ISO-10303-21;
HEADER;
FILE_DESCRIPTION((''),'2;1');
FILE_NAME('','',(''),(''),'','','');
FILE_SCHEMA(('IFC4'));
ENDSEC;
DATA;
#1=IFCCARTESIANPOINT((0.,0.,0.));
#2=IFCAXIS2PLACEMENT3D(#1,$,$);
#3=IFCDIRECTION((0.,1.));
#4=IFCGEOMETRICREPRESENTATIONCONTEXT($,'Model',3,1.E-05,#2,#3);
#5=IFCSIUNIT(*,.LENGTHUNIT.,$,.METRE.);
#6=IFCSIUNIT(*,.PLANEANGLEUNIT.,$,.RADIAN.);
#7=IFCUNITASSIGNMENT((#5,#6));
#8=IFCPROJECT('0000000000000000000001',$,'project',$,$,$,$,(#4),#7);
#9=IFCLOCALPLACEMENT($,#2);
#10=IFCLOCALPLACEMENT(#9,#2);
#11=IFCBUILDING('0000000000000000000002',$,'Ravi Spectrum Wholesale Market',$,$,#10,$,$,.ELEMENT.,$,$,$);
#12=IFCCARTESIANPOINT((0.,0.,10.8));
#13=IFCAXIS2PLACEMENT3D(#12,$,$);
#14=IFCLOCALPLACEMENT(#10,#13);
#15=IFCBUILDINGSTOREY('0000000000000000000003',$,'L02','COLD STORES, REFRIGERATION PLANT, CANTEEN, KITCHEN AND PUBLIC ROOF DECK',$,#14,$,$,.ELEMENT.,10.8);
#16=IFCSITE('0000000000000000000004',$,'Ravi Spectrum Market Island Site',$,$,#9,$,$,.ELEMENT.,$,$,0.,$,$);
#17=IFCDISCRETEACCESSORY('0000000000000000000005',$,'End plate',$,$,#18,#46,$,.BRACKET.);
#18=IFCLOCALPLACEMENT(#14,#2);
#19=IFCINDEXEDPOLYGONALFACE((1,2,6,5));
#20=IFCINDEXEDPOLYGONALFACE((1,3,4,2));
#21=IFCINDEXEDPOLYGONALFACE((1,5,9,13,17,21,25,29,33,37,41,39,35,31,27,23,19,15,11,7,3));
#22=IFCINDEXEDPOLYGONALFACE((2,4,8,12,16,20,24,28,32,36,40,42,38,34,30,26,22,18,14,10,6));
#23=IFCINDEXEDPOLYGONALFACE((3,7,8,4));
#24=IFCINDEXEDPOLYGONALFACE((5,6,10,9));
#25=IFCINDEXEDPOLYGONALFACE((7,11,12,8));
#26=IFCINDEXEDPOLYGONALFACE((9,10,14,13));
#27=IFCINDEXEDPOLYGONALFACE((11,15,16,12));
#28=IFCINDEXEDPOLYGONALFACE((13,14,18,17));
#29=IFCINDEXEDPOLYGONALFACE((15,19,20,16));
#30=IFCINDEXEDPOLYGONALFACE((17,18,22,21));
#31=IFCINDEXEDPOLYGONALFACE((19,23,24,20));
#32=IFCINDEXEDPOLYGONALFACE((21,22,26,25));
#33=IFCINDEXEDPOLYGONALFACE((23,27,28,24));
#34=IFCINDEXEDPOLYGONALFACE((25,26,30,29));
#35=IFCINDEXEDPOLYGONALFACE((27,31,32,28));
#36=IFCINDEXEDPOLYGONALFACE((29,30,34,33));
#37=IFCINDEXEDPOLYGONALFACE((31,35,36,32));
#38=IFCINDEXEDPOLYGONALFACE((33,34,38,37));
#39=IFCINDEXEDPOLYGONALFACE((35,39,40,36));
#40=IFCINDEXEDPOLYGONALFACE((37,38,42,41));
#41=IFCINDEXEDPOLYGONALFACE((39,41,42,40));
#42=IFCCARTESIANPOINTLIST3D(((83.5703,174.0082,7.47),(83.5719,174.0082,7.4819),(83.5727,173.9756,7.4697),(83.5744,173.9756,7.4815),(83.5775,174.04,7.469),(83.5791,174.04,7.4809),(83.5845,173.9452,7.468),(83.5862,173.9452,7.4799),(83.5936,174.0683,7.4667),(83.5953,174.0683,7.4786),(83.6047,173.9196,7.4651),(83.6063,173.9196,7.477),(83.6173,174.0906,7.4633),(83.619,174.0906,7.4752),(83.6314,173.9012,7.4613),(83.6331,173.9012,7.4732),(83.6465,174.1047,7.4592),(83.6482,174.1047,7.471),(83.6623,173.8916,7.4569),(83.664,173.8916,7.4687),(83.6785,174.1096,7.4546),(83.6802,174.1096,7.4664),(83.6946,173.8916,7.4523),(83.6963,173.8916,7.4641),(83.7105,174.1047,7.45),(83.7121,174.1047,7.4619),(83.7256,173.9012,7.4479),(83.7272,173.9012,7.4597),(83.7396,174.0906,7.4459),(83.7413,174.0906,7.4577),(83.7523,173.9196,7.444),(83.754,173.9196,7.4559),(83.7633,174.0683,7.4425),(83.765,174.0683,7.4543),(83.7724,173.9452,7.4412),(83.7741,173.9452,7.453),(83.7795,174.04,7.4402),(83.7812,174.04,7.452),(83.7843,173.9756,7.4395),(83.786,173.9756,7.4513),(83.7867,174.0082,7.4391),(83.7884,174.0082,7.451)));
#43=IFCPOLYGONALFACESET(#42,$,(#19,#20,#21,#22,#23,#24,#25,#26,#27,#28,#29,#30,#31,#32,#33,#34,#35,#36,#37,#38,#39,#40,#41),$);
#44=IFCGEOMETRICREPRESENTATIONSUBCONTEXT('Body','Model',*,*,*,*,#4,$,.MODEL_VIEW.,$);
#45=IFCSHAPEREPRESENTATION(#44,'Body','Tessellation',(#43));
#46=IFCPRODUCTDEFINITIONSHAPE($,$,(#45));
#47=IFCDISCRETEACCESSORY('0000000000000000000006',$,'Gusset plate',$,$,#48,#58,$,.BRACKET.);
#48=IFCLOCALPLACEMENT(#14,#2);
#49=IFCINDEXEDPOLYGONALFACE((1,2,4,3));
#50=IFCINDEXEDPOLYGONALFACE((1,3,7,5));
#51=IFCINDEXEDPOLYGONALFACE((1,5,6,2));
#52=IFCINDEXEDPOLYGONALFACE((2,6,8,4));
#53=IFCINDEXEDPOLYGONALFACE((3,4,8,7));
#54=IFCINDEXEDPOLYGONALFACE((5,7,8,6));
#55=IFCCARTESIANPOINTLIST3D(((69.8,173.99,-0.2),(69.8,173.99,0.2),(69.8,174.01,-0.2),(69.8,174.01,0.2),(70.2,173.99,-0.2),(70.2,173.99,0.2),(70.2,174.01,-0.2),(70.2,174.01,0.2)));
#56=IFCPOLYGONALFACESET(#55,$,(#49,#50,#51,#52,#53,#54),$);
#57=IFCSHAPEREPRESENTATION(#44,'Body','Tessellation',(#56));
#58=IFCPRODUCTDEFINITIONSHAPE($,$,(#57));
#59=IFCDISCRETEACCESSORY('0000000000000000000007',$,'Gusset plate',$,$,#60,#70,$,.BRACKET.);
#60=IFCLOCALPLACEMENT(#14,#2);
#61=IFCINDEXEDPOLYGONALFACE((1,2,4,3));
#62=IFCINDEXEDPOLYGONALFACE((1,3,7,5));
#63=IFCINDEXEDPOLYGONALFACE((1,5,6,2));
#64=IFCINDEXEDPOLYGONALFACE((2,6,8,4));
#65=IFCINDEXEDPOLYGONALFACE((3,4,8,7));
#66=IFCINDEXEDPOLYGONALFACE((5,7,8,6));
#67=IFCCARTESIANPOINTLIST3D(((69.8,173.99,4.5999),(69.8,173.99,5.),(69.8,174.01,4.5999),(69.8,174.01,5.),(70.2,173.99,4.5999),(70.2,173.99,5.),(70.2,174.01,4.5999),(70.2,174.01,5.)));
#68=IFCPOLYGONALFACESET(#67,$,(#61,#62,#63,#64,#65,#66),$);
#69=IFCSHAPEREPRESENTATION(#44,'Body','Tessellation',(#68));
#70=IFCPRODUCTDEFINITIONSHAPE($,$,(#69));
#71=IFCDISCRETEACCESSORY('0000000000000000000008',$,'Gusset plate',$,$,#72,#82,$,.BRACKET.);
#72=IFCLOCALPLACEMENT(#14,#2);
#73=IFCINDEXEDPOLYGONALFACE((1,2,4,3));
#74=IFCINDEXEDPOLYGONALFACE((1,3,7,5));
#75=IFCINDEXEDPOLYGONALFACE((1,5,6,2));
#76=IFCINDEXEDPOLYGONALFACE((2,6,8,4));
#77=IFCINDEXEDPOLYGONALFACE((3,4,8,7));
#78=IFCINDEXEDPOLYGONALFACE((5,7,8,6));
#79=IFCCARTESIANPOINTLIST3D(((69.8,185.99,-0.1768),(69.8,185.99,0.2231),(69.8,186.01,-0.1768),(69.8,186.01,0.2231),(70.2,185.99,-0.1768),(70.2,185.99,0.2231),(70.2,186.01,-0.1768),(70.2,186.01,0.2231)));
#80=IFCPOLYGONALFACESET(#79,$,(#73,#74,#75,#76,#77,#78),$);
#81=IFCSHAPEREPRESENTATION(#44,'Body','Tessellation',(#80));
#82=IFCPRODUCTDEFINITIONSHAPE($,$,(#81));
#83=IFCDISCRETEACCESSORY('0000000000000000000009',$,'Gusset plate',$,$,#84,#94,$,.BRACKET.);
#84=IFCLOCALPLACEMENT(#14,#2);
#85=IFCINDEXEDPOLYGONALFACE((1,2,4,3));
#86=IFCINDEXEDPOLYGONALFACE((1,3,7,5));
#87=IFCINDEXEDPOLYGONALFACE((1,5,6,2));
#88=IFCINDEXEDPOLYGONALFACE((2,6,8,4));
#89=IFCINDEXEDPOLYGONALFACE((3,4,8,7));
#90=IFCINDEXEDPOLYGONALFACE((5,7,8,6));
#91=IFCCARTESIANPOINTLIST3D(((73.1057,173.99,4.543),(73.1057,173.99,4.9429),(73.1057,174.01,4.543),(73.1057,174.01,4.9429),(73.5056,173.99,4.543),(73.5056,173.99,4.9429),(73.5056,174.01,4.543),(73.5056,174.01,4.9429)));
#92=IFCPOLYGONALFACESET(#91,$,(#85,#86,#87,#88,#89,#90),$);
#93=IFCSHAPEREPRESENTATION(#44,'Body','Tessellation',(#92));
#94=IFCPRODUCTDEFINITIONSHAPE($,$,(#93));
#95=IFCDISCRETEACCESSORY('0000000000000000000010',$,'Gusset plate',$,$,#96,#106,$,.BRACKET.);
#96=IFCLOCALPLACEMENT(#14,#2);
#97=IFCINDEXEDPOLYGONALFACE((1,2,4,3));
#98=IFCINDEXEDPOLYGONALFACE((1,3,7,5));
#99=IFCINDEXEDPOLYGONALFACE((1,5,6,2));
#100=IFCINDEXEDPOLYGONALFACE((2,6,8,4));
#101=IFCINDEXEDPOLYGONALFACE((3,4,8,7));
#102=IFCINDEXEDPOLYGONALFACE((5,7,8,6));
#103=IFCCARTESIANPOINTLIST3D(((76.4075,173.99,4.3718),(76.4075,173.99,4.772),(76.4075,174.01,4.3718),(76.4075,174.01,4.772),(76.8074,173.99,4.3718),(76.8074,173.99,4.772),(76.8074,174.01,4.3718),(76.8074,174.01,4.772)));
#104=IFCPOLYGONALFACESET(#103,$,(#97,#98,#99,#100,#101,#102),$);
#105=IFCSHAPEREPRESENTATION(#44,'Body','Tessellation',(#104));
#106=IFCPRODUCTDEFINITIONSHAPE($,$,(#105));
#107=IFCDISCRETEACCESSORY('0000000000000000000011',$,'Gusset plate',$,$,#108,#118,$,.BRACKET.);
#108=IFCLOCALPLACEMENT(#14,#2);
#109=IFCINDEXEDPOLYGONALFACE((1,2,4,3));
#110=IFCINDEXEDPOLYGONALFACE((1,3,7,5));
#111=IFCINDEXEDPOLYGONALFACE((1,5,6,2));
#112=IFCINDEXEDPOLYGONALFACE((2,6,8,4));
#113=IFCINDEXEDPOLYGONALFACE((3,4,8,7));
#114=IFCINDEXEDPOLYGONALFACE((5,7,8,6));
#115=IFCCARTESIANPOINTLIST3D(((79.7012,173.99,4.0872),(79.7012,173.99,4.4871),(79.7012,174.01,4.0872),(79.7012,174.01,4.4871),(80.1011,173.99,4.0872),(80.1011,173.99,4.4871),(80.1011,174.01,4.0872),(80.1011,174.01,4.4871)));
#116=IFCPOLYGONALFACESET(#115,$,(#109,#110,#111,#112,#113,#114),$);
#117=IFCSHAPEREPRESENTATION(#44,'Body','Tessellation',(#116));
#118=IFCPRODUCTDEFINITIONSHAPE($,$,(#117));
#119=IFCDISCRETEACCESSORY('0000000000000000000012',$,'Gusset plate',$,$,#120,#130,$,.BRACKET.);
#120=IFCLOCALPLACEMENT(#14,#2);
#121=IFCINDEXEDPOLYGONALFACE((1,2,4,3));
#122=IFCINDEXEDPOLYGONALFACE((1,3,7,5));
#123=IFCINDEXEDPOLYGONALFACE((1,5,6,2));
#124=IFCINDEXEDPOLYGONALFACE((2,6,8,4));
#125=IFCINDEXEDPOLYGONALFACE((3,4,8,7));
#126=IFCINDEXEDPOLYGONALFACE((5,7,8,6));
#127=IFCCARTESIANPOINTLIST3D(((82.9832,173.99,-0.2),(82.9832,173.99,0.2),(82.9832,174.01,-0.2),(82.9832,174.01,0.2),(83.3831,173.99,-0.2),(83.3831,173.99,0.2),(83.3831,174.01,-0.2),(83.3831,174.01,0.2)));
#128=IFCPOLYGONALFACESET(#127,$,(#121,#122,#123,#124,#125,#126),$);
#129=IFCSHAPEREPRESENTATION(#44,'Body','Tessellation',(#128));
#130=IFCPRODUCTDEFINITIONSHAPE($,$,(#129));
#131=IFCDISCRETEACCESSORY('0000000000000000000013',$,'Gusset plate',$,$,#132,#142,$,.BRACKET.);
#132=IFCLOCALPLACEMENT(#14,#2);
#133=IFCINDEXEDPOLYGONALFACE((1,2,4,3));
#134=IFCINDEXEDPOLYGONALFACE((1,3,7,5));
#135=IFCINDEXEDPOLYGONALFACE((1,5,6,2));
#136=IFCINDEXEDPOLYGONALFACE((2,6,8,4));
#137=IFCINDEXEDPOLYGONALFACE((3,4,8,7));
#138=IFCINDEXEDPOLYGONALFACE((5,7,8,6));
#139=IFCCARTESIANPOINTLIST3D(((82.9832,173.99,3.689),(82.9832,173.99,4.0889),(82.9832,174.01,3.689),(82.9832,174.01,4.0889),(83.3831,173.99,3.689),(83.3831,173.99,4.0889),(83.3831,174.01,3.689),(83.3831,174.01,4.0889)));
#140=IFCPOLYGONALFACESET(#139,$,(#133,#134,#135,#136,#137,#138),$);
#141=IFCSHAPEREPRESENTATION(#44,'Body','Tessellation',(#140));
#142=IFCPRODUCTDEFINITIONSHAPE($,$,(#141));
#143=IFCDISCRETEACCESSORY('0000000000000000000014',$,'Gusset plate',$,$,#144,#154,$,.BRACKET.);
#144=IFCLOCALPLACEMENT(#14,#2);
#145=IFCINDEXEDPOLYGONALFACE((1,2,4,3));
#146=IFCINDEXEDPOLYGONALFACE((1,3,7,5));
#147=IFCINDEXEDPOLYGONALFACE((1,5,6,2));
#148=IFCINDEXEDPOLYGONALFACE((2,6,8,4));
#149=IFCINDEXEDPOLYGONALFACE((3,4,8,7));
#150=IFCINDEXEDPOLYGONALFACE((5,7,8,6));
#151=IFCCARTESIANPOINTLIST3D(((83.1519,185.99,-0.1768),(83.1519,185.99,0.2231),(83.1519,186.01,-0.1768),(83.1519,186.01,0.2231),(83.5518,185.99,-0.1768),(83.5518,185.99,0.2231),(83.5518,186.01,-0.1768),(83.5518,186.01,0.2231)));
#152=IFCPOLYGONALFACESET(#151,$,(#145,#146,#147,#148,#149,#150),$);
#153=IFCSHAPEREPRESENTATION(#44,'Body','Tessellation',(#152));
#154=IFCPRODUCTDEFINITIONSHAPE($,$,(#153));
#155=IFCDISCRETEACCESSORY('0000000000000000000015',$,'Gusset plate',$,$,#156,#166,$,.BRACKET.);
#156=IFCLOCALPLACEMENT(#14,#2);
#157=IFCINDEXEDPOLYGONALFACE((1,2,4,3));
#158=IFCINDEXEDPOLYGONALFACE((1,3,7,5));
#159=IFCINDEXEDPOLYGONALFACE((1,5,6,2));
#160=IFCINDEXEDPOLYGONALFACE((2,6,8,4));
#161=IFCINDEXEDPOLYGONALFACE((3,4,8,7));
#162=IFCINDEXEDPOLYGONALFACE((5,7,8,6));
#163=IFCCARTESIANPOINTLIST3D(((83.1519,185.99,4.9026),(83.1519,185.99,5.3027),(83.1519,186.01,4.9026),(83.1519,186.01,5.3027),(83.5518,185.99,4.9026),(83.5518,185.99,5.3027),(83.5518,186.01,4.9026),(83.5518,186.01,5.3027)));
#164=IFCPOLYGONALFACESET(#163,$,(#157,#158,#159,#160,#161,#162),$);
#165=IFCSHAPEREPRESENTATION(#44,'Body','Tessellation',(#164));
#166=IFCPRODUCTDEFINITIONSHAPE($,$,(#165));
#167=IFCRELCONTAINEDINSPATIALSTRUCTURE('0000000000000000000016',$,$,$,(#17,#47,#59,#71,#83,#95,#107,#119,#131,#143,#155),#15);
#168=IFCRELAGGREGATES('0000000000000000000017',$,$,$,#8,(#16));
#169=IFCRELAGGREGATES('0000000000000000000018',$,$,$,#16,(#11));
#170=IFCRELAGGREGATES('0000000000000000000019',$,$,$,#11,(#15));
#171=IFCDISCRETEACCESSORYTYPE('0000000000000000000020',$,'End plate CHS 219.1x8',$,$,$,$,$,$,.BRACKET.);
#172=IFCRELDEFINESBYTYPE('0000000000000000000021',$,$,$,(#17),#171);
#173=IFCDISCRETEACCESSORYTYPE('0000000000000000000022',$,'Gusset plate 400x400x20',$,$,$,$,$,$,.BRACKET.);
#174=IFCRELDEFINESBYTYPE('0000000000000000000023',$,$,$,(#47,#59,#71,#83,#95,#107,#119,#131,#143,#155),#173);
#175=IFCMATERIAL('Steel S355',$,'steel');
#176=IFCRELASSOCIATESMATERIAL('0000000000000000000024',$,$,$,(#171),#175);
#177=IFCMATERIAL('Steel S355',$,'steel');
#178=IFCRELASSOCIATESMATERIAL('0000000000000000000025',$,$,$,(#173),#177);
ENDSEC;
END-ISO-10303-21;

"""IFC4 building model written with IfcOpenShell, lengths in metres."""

from ifc_helpers import new_model, si_unit, direction, frame, origin, origin_2d, place, context, subcontext, project, spatial, rectangle, circle, extrude, material, material_profile, profile_set, type_object, element, save


model = new_model("IFC4")

# Units and contexts
model_context = context("Model", 3, precision=1e-05, world=origin(), true_north=direction((0.0, 1.0)))
body_context = subcontext(model_context, "Body", "Model", "MODEL_VIEW")
ifc_project = project(units=[si_unit("LENGTHUNIT", "METRE"), si_unit("PLANEANGLEUNIT", "RADIAN")], contexts=[model_context])

# Site, building, storey
site_placement = place(None, origin())
site = spatial("IfcSite", under=ifc_project, at=site_placement, Name="Ravi Spectrum Market Island Site", CompositionType="ELEMENT", RefElevation=0.0)
building_placement = place(site_placement, origin())
building = spatial("IfcBuilding", under=site, at=building_placement, Name="Ravi Spectrum Wholesale Market", CompositionType="ELEMENT")
storey_placement = place(building_placement, frame((0.0, 0.0, 10.8)))
storey = spatial("IfcBuildingStorey", under=building, at=storey_placement, Name="L02", Description="COLD STORES, REFRIGERATION PLANT, CANTEEN, KITCHEN AND PUBLIC ROOF DECK", CompositionType="ELEMENT", Elevation=10.8)

# Discrete accessories
ifc_material_1 = material(Name="Steel S355", Category="steel")
ifc_material_profile_1 = material_profile(ifc_material_1, circle(Radius=0.1096, at=origin_2d()))
ifc_profile_set_1 = profile_set([ifc_material_profile_1], Name="Steel S355")
discrete_accessory_type_1 = type_object("IfcDiscreteAccessoryType", Name="End plate CHS 219.1x8", PredefinedType="BRACKET", material=ifc_profile_set_1)
for number, where, z_axis, x_axis, name in (
    (1, (83.6785, 174.0, 7.4546), (0.141421, 0.0, 0.989949), (0.0, 1.0, 0.0), "End plate"),
):
    element("IfcDiscreteAccessory", number, at=place(storey_placement, frame(where, z_axis=z_axis, x_axis=x_axis)), inside=storey, type_object=discrete_accessory_type_1, Name=name, PredefinedType="BRACKET", context=body_context, shape_type="SweptSolid", body=[
        extrude(circle(Radius=0.1096, at=origin_2d()), origin(), (0.0, 0.0, 1.0), 0.012),
    ])
ifc_material_2 = material(Name="Steel S355", Category="steel")
ifc_material_profile_2 = material_profile(ifc_material_2, rectangle(XDim=0.3999, YDim=0.02, at=origin_2d()))
ifc_profile_set_2 = profile_set([ifc_material_profile_2], Name="Steel S355")
discrete_accessory_type_2 = type_object("IfcDiscreteAccessoryType", Name="Gusset plate 400x400x20", PredefinedType="BRACKET", material=ifc_profile_set_2)
discrete_accessory_1_placement = place(storey_placement, frame((70.0, 174.0, -0.2), z_axis=(0.0, 0.0, 1.0), x_axis=(1.0, 0.0, 0.0)))
element("IfcDiscreteAccessory", 2, at=discrete_accessory_1_placement, inside=storey, type_object=discrete_accessory_type_2, Name="Gusset plate", PredefinedType="BRACKET", context=body_context, shape_type="SweptSolid", body=[
    extrude(rectangle(XDim=0.3999, YDim=0.02, at=origin_2d()), origin(), (0.0, 0.0, 1.0), 0.3999),
])
discrete_accessory_2_placement = place(storey_placement, frame((70.0, 174.0, 4.5999), z_axis=(0.0, 0.0, 1.0), x_axis=(1.0, 0.0, 0.0)))
element("IfcDiscreteAccessory", 3, at=discrete_accessory_2_placement, inside=storey, type_object=discrete_accessory_type_2, Name="Gusset plate", PredefinedType="BRACKET", context=body_context, shape_type="SweptSolid", body=[
    extrude(rectangle(XDim=0.3999, YDim=0.02, at=origin_2d()), origin(), (0.0, 0.0, 1.0), 0.4001),
])
for number, where, z_axis, x_axis, name in (
    (4, (70.0, 186.0, -0.1768), (0.0, 0.0, 1.0), (1.0, 0.0, 0.0), "Gusset plate"),
    (5, (73.3057, 174.0, 4.543), (0.0, 0.0, 1.0), (-1.0, 0.0, 0.0), "Gusset plate"),
):
    element("IfcDiscreteAccessory", number, at=place(storey_placement, frame(where, z_axis=z_axis, x_axis=x_axis)), inside=storey, type_object=discrete_accessory_type_2, Name=name, PredefinedType="BRACKET", context=body_context, shape_type="SweptSolid", body=[
        extrude(rectangle(XDim=0.3999, YDim=0.02, at=origin_2d()), origin(), (0.0, 0.0, 1.0), 0.3999),
    ])
discrete_accessory_3_placement = place(storey_placement, frame((76.6074, 174.0, 4.3718), z_axis=(0.0, 0.0, 1.0), x_axis=(-1.0, 0.0, 0.0)))
element("IfcDiscreteAccessory", 6, at=discrete_accessory_3_placement, inside=storey, type_object=discrete_accessory_type_2, Name="Gusset plate", PredefinedType="BRACKET", context=body_context, shape_type="SweptSolid", body=[
    extrude(rectangle(XDim=0.3999, YDim=0.02, at=origin_2d()), origin(), (0.0, 0.0, 1.0), 0.4001),
])
for number, where, z_axis, x_axis, name in (
    (7, (79.9011, 174.0, 4.0872), (0.0, 0.0, 1.0), (-1.0, 0.0, 0.0), "Gusset plate"),
    (8, (83.1831, 174.0, -0.2), (0.0, 0.0, 1.0), (1.0, 0.0, 0.0), "Gusset plate"),
    (9, (83.1831, 174.0, 3.689), (0.0, 0.0, 1.0), (-1.0, 0.0, 0.0), "Gusset plate"),
    (10, (83.3518, 186.0, -0.1768), (0.0, 0.0, 1.0), (1.0, 0.0, 0.0), "Gusset plate"),
):
    element("IfcDiscreteAccessory", number, at=place(storey_placement, frame(where, z_axis=z_axis, x_axis=x_axis)), inside=storey, type_object=discrete_accessory_type_2, Name=name, PredefinedType="BRACKET", context=body_context, shape_type="SweptSolid", body=[
        extrude(rectangle(XDim=0.3999, YDim=0.02, at=origin_2d()), origin(), (0.0, 0.0, 1.0), 0.3999),
    ])
discrete_accessory_4_placement = place(storey_placement, frame((83.3518, 186.0, 4.9026), z_axis=(0.0, 0.0, 1.0), x_axis=(-1.0, 0.0, 0.0)))
element("IfcDiscreteAccessory", 11, at=discrete_accessory_4_placement, inside=storey, type_object=discrete_accessory_type_2, Name="Gusset plate", PredefinedType="BRACKET", context=body_context, shape_type="SweptSolid", body=[
    extrude(rectangle(XDim=0.3999, YDim=0.02, at=origin_2d()), origin(), (0.0, 0.0, 1.0), 0.4001),
])

save(model, "model.ifc")
